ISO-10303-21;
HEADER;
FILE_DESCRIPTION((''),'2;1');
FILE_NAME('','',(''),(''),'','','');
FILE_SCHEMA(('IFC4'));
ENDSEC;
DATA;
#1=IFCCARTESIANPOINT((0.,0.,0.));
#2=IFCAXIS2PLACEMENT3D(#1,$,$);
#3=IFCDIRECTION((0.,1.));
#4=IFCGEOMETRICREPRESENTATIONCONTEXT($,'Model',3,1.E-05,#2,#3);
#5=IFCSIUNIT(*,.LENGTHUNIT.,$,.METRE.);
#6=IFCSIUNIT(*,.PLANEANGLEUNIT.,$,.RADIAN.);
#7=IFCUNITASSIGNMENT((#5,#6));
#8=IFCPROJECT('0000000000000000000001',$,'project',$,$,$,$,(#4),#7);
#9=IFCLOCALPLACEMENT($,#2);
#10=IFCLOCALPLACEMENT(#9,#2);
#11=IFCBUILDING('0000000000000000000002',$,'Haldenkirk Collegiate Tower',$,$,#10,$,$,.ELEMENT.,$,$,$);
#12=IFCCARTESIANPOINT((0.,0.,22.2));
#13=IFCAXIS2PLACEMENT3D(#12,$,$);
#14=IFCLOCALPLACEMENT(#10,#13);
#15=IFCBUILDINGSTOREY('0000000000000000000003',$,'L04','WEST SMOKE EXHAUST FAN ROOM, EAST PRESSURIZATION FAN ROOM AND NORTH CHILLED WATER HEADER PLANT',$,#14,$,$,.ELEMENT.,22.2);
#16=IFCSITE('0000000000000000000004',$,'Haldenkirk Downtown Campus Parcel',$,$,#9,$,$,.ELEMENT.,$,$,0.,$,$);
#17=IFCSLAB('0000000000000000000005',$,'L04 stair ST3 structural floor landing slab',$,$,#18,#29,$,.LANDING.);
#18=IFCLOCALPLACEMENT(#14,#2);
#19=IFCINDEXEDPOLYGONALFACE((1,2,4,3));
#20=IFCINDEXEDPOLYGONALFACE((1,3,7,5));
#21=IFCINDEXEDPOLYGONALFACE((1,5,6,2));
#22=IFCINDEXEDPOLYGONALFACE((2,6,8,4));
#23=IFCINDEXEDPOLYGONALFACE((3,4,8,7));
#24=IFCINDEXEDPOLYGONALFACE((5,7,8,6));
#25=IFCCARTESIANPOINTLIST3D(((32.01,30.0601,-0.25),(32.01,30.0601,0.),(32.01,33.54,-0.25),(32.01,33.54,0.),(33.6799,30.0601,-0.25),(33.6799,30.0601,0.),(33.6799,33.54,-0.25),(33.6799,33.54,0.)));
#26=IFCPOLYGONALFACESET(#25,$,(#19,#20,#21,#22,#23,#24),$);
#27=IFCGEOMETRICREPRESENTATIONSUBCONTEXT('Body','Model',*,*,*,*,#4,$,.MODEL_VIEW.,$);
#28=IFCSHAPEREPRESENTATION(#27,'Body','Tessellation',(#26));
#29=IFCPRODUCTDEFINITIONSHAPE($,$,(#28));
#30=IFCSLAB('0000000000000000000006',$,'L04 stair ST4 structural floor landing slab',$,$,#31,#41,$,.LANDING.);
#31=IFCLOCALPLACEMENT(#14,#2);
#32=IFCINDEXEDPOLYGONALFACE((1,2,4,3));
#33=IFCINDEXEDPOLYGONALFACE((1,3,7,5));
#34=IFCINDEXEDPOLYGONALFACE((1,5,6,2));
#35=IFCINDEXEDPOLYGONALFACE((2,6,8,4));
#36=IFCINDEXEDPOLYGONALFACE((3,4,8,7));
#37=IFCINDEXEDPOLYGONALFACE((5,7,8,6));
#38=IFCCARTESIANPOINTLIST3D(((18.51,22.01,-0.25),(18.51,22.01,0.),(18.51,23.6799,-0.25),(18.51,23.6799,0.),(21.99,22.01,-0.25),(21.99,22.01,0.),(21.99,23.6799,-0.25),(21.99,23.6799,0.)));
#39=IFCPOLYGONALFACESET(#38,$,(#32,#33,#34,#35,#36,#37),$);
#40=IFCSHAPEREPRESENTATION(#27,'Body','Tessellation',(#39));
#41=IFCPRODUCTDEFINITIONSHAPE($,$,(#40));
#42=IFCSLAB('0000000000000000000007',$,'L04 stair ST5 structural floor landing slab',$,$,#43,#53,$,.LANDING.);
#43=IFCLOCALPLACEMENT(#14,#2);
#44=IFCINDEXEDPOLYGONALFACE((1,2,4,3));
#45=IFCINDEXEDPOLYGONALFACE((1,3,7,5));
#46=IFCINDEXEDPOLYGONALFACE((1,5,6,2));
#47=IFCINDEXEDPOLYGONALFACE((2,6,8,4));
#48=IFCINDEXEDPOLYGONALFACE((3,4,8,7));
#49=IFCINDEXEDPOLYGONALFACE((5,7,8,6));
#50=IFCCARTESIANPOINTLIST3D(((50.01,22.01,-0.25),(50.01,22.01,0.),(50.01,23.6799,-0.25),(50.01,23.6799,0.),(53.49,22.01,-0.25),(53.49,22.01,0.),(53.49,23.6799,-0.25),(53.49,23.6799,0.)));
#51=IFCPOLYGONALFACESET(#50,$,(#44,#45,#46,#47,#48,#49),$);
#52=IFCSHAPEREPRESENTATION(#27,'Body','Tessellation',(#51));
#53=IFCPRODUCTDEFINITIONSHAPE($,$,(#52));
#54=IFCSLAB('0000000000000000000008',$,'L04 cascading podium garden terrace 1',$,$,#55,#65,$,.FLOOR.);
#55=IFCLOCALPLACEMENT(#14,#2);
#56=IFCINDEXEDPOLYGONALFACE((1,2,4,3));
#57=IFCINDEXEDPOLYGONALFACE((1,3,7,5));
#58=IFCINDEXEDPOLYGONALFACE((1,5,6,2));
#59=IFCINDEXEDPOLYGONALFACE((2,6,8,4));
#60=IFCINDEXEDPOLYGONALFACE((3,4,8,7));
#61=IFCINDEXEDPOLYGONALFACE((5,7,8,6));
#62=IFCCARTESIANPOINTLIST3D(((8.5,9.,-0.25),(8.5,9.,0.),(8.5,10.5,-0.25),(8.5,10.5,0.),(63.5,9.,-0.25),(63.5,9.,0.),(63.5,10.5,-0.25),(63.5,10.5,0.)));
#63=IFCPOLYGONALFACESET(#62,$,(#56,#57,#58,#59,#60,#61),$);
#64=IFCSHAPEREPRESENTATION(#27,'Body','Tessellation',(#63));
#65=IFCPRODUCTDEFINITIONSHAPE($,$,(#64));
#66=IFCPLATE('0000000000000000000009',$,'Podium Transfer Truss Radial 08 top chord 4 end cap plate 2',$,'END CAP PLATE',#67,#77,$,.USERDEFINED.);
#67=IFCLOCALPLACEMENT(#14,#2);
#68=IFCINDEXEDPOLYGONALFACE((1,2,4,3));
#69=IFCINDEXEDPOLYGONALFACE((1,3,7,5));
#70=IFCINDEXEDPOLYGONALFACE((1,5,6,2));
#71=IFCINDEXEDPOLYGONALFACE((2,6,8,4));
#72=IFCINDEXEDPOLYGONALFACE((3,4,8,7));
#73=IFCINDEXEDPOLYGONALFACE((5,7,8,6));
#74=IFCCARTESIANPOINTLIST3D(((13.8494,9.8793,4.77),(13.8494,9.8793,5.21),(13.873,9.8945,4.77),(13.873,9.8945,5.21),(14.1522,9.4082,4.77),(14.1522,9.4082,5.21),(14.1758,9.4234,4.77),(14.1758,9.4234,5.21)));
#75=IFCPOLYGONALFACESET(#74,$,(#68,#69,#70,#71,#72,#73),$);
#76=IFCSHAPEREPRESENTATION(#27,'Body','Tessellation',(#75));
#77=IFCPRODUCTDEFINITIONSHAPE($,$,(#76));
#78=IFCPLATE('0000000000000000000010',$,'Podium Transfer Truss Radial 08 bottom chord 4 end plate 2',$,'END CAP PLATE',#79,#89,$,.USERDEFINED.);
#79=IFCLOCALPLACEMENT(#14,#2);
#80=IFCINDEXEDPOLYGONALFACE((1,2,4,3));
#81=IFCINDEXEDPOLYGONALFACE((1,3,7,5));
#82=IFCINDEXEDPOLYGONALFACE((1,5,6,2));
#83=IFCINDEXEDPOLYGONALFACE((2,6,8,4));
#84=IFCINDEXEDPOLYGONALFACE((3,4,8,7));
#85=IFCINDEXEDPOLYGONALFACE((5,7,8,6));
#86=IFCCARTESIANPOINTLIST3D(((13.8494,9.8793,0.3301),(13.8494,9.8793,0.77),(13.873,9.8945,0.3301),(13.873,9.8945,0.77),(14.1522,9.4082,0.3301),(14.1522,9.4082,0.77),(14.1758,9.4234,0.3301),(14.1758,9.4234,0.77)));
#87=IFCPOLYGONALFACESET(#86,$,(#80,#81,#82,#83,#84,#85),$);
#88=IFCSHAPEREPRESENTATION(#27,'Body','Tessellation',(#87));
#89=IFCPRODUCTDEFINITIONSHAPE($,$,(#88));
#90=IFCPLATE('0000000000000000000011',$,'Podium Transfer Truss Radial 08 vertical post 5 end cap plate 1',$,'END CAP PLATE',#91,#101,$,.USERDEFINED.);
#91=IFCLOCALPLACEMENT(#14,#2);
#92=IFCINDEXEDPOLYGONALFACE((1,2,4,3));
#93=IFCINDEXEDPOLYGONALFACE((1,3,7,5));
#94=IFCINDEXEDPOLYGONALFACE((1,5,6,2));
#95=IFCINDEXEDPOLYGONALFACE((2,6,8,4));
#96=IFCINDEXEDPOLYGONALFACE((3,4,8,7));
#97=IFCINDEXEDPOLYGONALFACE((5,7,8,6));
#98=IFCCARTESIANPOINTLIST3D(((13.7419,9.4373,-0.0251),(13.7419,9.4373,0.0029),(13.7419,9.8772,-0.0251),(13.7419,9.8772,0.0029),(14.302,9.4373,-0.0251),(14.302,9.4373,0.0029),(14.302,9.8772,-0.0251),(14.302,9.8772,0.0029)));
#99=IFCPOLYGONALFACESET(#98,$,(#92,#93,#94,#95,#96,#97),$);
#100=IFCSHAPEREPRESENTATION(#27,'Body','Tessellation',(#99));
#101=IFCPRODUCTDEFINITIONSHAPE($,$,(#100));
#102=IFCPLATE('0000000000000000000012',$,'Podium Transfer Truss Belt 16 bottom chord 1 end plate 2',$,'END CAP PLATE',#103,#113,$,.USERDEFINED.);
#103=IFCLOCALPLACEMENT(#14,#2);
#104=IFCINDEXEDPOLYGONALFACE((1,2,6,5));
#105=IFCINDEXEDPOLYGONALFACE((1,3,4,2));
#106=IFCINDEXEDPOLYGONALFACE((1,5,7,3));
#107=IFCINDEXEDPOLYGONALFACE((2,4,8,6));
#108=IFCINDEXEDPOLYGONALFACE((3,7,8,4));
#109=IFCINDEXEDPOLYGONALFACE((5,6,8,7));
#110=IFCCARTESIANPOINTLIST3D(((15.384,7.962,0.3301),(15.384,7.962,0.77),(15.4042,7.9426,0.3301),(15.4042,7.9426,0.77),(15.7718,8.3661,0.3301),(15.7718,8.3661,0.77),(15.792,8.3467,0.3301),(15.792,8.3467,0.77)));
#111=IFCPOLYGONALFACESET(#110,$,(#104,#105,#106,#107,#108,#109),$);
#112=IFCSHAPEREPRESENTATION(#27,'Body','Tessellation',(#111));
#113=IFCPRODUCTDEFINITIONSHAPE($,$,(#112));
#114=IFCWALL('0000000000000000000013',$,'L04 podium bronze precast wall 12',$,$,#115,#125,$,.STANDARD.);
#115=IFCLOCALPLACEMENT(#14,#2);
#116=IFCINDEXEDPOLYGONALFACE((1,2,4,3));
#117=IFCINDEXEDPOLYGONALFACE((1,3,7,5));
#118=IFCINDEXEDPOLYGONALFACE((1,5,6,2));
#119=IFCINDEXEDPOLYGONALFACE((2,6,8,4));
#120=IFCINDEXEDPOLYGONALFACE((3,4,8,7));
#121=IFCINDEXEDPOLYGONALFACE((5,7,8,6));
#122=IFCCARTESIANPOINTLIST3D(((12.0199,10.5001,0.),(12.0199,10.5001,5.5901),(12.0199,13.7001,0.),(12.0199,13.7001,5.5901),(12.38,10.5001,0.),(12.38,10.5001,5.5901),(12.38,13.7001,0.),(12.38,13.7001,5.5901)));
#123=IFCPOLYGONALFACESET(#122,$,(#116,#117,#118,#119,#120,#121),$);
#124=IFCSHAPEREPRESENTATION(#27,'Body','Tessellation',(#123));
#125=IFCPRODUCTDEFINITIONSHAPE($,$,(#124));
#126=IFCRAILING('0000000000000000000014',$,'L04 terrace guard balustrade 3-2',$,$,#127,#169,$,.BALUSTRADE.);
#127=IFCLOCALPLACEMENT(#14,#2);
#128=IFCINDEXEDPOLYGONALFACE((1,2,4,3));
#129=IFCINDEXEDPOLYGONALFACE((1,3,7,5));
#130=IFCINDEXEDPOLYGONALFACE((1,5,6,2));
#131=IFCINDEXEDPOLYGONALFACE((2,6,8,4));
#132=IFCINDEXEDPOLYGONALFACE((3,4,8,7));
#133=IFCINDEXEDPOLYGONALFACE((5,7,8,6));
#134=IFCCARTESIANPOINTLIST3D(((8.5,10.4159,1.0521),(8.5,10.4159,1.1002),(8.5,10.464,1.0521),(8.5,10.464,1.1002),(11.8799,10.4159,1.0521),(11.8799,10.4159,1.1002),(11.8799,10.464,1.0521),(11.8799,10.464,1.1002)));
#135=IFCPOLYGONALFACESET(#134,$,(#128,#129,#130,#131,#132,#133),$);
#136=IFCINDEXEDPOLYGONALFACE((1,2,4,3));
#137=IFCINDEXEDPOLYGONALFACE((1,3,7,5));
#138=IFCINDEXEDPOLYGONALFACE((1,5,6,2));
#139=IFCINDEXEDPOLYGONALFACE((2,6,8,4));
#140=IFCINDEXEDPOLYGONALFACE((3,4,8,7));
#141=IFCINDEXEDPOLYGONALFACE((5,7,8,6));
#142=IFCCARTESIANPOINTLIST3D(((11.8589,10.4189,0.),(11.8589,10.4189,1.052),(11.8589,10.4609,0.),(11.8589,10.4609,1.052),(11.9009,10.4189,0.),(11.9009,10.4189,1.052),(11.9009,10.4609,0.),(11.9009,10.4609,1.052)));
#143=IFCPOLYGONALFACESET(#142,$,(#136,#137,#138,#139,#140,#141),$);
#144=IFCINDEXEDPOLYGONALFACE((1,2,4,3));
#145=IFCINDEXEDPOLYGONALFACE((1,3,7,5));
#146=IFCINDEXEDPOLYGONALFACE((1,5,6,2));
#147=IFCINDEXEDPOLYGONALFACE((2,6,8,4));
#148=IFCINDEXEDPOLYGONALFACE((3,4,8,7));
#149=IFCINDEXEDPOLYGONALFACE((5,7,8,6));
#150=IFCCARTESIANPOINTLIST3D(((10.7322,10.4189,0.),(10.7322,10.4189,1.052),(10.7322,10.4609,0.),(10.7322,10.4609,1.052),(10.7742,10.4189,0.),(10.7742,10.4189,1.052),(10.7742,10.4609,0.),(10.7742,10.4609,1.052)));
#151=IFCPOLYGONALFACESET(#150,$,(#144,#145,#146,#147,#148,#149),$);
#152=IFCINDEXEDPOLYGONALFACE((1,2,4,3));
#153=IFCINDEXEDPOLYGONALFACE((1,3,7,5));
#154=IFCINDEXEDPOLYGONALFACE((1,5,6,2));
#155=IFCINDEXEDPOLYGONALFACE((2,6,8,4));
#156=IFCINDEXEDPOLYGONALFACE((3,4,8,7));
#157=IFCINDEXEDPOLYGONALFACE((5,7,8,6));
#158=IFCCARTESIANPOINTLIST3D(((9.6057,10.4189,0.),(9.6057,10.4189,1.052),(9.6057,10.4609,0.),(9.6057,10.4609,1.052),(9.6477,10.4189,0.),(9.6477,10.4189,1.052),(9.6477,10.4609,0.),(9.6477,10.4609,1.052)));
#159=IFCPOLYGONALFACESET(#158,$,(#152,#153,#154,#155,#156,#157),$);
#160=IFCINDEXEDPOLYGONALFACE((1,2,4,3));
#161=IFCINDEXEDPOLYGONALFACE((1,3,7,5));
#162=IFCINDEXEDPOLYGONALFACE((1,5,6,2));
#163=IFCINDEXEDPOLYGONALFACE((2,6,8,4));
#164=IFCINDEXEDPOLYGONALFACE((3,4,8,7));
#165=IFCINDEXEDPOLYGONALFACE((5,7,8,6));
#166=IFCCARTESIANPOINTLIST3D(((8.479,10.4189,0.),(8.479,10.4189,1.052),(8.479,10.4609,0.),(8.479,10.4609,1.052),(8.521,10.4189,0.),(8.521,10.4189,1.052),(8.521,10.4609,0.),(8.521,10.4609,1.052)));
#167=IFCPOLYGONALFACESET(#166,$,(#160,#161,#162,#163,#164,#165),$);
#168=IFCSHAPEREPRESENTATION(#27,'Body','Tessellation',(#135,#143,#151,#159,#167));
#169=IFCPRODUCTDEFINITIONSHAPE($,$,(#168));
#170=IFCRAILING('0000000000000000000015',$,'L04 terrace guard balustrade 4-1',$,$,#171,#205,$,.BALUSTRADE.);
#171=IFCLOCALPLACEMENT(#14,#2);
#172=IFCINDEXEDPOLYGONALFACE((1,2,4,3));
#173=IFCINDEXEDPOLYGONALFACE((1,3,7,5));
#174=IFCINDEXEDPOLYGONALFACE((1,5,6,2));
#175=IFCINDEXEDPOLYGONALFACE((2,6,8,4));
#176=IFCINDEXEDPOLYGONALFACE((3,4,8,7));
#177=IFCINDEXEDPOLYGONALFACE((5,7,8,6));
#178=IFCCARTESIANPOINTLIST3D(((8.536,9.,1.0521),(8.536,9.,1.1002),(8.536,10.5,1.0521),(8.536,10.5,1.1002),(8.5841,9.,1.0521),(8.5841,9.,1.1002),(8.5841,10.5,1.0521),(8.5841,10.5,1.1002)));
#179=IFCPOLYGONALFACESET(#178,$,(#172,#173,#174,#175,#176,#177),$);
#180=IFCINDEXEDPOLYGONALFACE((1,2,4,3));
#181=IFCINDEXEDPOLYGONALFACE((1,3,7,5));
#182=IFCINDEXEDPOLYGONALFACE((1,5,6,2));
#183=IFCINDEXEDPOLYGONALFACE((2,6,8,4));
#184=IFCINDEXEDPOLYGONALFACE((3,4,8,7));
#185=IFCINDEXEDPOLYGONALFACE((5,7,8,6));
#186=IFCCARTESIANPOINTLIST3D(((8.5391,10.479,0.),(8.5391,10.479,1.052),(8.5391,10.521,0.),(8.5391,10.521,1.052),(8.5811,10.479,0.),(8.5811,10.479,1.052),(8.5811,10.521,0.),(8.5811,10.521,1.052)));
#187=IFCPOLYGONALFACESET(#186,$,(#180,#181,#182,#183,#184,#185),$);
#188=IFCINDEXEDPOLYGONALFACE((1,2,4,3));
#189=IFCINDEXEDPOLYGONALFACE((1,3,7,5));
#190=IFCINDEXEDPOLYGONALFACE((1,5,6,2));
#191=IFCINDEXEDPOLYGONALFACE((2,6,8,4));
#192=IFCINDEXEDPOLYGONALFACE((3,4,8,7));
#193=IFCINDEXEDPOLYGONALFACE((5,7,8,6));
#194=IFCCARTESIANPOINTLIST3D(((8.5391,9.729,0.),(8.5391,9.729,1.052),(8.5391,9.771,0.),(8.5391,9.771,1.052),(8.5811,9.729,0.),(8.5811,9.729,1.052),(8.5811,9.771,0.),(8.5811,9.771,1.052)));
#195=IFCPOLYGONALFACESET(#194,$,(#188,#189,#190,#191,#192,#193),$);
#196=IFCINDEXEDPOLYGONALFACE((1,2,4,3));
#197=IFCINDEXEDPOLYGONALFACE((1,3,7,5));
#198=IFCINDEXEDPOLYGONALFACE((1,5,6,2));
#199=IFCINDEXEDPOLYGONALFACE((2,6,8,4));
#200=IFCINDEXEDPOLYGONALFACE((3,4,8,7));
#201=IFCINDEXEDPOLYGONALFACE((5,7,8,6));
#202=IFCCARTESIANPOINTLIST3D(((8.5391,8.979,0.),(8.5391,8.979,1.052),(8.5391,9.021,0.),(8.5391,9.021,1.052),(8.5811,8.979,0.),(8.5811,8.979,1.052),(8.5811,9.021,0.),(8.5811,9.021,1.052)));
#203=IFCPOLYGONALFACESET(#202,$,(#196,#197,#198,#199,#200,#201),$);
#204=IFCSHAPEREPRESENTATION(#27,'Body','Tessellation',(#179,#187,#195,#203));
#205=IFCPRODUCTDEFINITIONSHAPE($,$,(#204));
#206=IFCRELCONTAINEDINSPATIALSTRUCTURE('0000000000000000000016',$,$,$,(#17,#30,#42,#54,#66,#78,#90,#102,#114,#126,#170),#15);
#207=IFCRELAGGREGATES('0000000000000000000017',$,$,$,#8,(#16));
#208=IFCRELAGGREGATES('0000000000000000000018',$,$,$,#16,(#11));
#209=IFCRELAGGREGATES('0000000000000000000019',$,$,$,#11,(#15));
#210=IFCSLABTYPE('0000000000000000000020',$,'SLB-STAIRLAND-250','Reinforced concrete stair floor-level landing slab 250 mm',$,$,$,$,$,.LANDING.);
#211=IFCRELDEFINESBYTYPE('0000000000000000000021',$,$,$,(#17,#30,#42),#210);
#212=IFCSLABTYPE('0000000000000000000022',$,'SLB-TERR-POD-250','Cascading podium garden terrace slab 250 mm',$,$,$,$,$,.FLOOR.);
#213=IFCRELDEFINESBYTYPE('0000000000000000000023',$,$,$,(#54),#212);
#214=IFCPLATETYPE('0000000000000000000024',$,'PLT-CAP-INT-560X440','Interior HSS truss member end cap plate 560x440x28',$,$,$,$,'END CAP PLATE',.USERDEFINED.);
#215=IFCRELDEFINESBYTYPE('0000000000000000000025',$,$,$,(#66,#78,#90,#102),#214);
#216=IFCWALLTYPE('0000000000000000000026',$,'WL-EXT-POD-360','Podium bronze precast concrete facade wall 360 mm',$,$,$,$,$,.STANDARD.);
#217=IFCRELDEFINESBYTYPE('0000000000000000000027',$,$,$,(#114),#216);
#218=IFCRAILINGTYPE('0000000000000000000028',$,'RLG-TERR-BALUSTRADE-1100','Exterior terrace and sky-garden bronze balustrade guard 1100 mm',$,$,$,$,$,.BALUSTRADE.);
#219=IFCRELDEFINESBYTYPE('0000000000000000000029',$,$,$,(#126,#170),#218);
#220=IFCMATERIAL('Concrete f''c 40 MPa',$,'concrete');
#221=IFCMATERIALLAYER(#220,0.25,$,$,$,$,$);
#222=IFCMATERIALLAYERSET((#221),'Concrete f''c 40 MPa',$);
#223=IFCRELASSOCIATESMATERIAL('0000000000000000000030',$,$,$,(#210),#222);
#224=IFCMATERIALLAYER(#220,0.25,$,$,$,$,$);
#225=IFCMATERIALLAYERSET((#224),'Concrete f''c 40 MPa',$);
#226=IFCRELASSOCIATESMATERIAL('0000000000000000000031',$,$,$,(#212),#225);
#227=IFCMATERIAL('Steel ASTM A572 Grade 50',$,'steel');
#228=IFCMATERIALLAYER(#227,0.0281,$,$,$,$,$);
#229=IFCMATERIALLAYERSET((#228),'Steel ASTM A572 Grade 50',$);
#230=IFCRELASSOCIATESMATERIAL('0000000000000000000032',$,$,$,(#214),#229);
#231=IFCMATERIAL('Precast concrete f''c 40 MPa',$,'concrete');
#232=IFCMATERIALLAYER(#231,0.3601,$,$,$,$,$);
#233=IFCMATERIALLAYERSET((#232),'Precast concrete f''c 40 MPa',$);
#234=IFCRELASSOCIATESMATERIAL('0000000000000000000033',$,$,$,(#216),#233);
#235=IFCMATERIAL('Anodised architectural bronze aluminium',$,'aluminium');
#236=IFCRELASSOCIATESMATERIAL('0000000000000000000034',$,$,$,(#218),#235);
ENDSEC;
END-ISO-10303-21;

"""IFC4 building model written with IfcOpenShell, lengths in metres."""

from ifc_helpers import new_model, si_unit, direction, frame, frame_2d, origin, origin_2d, place, context, subcontext, project, spatial, polyline, rectangle, outline, extrude, source, transform, mapped, material, layer, layer_set, type_object, element, save


model = new_model("IFC4")

# Units and contexts
model_context = context("Model", 3, precision=1e-05, world=origin(), true_north=direction((0.0, 1.0)))
body_context = subcontext(model_context, "Body", "Model", "MODEL_VIEW")
ifc_project = project(units=[si_unit("LENGTHUNIT", "METRE"), si_unit("PLANEANGLEUNIT", "RADIAN")], contexts=[model_context])

# Site, building, storey
site_placement = place(None, origin())
site = spatial("IfcSite", under=ifc_project, at=site_placement, Name="Haldenkirk Downtown Campus Parcel", CompositionType="ELEMENT", RefElevation=0.0)
building_placement = place(site_placement, origin())
building = spatial("IfcBuilding", under=site, at=building_placement, Name="Haldenkirk Collegiate Tower", CompositionType="ELEMENT")
storey_placement = place(building_placement, frame((0.0, 0.0, 22.2)))
storey = spatial("IfcBuildingStorey", under=building, at=storey_placement, Name="L04", Description="WEST SMOKE EXHAUST FAN ROOM, EAST PRESSURIZATION FAN ROOM AND NORTH CHILLED WATER HEADER PLANT", CompositionType="ELEMENT", Elevation=22.2)

# Shared definitions
ifc_material_1 = material(Name="Steel ASTM A572 Grade 50", Category="steel")

# Shared definitions
ifc_material_2 = material(Name="Concrete f'c 40 MPa", Category="concrete")

# Slabs
ifc_layer_1 = layer(ifc_material_2, 0.25)
ifc_layer_set_1 = layer_set([ifc_layer_1], Name="Concrete f'c 40 MPa")
slab_type_1 = type_object("IfcSlabType", Name="SLB-STAIRLAND-250", Description="Reinforced concrete stair floor-level landing slab 250 mm", PredefinedType="LANDING", material=ifc_layer_set_1)
slab_1_placement = place(storey_placement, frame((0.0, 0.0, -0.25)))
element("IfcSlab", 1, at=slab_1_placement, inside=storey, type_object=slab_type_1, Name="L04 stair ST3 structural floor landing slab", PredefinedType="LANDING", context=body_context, shape_type="SweptSolid", body=[
    extrude(outline(polyline([(32.01, 30.0601), (33.6799, 30.0601), (33.6799, 33.54), (32.01, 33.54), (32.01, 30.0601)])), origin(), (0.0, 0.0, 1.0), 0.25),
])
slab_2_placement = place(storey_placement, frame((0.0, 0.0, -0.25)))
element("IfcSlab", 2, at=slab_2_placement, inside=storey, type_object=slab_type_1, Name="L04 stair ST4 structural floor landing slab", PredefinedType="LANDING", context=body_context, shape_type="SweptSolid", body=[
    extrude(outline(polyline([(18.51, 22.01), (21.99, 22.01), (21.99, 23.6799), (18.51, 23.6799), (18.51, 22.01)])), origin(), (0.0, 0.0, 1.0), 0.25),
])
slab_3_placement = place(storey_placement, frame((0.0, 0.0, -0.25)))
element("IfcSlab", 3, at=slab_3_placement, inside=storey, type_object=slab_type_1, Name="L04 stair ST5 structural floor landing slab", PredefinedType="LANDING", context=body_context, shape_type="SweptSolid", body=[
    extrude(outline(polyline([(50.01, 22.01), (53.49, 22.01), (53.49, 23.6799), (50.01, 23.6799), (50.01, 22.01)])), origin(), (0.0, 0.0, 1.0), 0.25),
])
ifc_layer_2 = layer(ifc_material_2, 0.25)
ifc_layer_set_2 = layer_set([ifc_layer_2], Name="Concrete f'c 40 MPa")
slab_type_2 = type_object("IfcSlabType", Name="SLB-TERR-POD-250", Description="Cascading podium garden terrace slab 250 mm", PredefinedType="FLOOR", material=ifc_layer_set_2)
slab_4_placement = place(storey_placement, frame((0.0, 0.0, -0.25)))
element("IfcSlab", 4, at=slab_4_placement, inside=storey, type_object=slab_type_2, Name="L04 cascading podium garden terrace 1", PredefinedType="FLOOR", context=body_context, shape_type="SweptSolid", body=[
    extrude(outline(polyline([(8.5, 9.0), (63.5, 9.0), (63.5, 10.5), (8.5, 10.5), (8.5, 9.0)])), origin(), (0.0, 0.0, 1.0), 0.25),
])

# Plates
ifc_layer_3 = layer(ifc_material_1, 0.0281)
ifc_layer_set_3 = layer_set([ifc_layer_3], Name="Steel ASTM A572 Grade 50")
plate_type = type_object("IfcPlateType", Name="PLT-CAP-INT-560X440", Description="Interior HSS truss member end cap plate 560x440x28", ElementType="END CAP PLATE", PredefinedType="USERDEFINED", material=ifc_layer_set_3)
shared_shape = source(origin(), body_context, "Body", "SweptSolid", [
    extrude(rectangle(XDim=0.5601, YDim=0.4399, at=origin_2d()), origin(), (0.0, 0.0, 1.0), 0.0281),
])
for number, where, z_axis, x_axis, name in (
    (5, (14.0244, 9.6589, 4.99), (-0.841184, -0.540748, 0.0), (0.540748, -0.841184, 0.0), "Podium Transfer Truss Radial 08 top chord 4 end cap plate 2"),
    (6, (14.0244, 9.6589, 0.55), (-0.841184, -0.54075, 0.0), (0.54075, -0.841184, 0.0), "Podium Transfer Truss Radial 08 bottom chord 4 end plate 2"),
    (7, (14.022, 9.6572, 0.0029), (0.0, 0.0, -1.0), (1.0, 0.0, 0.0), "Podium Transfer Truss Radial 08 vertical post 5 end cap plate 1"),
    (8, (15.5779, 8.1641, 0.55), (0.721513, -0.692401, 0.0), (0.692401, 0.721513, 0.0), "Podium Transfer Truss Belt 16 bottom chord 1 end plate 2"),
):
    element("IfcPlate", number, at=place(storey_placement, frame(where, z_axis=z_axis, x_axis=x_axis)), inside=storey, type_object=plate_type, Name=name, ObjectType="END CAP PLATE", PredefinedType="USERDEFINED", context=body_context, shape_type="MappedRepresentation", body=[
        mapped(shared_shape, transform((0.0, 0.0, 0.0), x_axis=(1.0, 0.0, 0.0), y_axis=(0.0, 1.0, 0.0), z_axis=(0.0, 0.0, 1.0), scale=1.0)),
    ])

# Wall
ifc_material_3 = material(Name="Precast concrete f'c 40 MPa", Category="concrete")
ifc_layer_4 = layer(ifc_material_3, 0.3601)
ifc_layer_set_4 = layer_set([ifc_layer_4], Name="Precast concrete f'c 40 MPa")
wall_type = type_object("IfcWallType", Name="WL-EXT-POD-360", Description="Podium bronze precast concrete facade wall 360 mm", PredefinedType="STANDARD", material=ifc_layer_set_4)
wall_placement = place(storey_placement, frame((12.2, 10.5, 0.0), z_axis=(0.0, 0.0, 1.0), x_axis=(0.0, 1.0, 0.0)))
element("IfcWall", 9, at=wall_placement, inside=storey, type_object=wall_type, Name="L04 podium bronze precast wall 12", PredefinedType="STANDARD", context=body_context, shape_type="SweptSolid", body=[
    extrude(rectangle(XDim=3.2, YDim=0.3601, at=frame_2d((1.6001, 0.0))), origin(), (0.0, 0.0, 1.0), 5.5901),
])

# Railings
ifc_material_4 = material(Name="Anodised architectural bronze aluminium", Category="aluminium")
railing_type = type_object("IfcRailingType", Name="RLG-TERR-BALUSTRADE-1100", Description="Exterior terrace and sky-garden bronze balustrade guard 1100 mm", PredefinedType="BALUSTRADE", material=ifc_material_4)
railing_1_placement = place(storey_placement, frame((11.8799, 10.4399, 0.0)))
element("IfcRailing", 10, at=railing_1_placement, inside=storey, type_object=railing_type, Name="L04 terrace guard balustrade 3-2", PredefinedType="BALUSTRADE", context=body_context, shape_type="SweptSolid", body=[
    extrude(rectangle(XDim=0.0481, YDim=0.0481, at=origin_2d()), frame((0.0, 0.0, 1.0762), z_axis=(-1.0, 0.0, 0.0), x_axis=(0.0, -1.0, 0.0)), (0.0, 0.0, 1.0), 3.3799),
    extrude(rectangle(XDim=0.042, YDim=0.042, at=origin_2d()), origin(), (0.0, 0.0, 1.0), 1.052),
    extrude(rectangle(XDim=0.042, YDim=0.042, at=origin_2d()), frame((-1.1267, 0.0, 0.0)), (0.0, 0.0, 1.0), 1.052),
    extrude(rectangle(XDim=0.042, YDim=0.042, at=origin_2d()), frame((-2.2532, 0.0, 0.0)), (0.0, 0.0, 1.0), 1.052),
    extrude(rectangle(XDim=0.042, YDim=0.042, at=origin_2d()), frame((-3.3799, 0.0, 0.0)), (0.0, 0.0, 1.0), 1.052),
])
railing_2_placement = place(storey_placement, frame((8.5601, 10.5, 0.0)))
element("IfcRailing", 11, at=railing_2_placement, inside=storey, type_object=railing_type, Name="L04 terrace guard balustrade 4-1", PredefinedType="BALUSTRADE", context=body_context, shape_type="SweptSolid", body=[
    extrude(rectangle(XDim=0.0481, YDim=0.0481, at=origin_2d()), frame((0.0, 0.0, 1.0762), z_axis=(0.0, -1.0, 0.0), x_axis=(1.0, 0.0, 0.0)), (0.0, 0.0, 1.0), 1.5),
    extrude(rectangle(XDim=0.042, YDim=0.042, at=origin_2d()), origin(), (0.0, 0.0, 1.0), 1.052),
    extrude(rectangle(XDim=0.042, YDim=0.042, at=origin_2d()), frame((0.0, -0.75, 0.0)), (0.0, 0.0, 1.0), 1.052),
    extrude(rectangle(XDim=0.042, YDim=0.042, at=origin_2d()), frame((0.0, -1.5, 0.0)), (0.0, 0.0, 1.0), 1.052),
])

save(model, "model.ifc")
